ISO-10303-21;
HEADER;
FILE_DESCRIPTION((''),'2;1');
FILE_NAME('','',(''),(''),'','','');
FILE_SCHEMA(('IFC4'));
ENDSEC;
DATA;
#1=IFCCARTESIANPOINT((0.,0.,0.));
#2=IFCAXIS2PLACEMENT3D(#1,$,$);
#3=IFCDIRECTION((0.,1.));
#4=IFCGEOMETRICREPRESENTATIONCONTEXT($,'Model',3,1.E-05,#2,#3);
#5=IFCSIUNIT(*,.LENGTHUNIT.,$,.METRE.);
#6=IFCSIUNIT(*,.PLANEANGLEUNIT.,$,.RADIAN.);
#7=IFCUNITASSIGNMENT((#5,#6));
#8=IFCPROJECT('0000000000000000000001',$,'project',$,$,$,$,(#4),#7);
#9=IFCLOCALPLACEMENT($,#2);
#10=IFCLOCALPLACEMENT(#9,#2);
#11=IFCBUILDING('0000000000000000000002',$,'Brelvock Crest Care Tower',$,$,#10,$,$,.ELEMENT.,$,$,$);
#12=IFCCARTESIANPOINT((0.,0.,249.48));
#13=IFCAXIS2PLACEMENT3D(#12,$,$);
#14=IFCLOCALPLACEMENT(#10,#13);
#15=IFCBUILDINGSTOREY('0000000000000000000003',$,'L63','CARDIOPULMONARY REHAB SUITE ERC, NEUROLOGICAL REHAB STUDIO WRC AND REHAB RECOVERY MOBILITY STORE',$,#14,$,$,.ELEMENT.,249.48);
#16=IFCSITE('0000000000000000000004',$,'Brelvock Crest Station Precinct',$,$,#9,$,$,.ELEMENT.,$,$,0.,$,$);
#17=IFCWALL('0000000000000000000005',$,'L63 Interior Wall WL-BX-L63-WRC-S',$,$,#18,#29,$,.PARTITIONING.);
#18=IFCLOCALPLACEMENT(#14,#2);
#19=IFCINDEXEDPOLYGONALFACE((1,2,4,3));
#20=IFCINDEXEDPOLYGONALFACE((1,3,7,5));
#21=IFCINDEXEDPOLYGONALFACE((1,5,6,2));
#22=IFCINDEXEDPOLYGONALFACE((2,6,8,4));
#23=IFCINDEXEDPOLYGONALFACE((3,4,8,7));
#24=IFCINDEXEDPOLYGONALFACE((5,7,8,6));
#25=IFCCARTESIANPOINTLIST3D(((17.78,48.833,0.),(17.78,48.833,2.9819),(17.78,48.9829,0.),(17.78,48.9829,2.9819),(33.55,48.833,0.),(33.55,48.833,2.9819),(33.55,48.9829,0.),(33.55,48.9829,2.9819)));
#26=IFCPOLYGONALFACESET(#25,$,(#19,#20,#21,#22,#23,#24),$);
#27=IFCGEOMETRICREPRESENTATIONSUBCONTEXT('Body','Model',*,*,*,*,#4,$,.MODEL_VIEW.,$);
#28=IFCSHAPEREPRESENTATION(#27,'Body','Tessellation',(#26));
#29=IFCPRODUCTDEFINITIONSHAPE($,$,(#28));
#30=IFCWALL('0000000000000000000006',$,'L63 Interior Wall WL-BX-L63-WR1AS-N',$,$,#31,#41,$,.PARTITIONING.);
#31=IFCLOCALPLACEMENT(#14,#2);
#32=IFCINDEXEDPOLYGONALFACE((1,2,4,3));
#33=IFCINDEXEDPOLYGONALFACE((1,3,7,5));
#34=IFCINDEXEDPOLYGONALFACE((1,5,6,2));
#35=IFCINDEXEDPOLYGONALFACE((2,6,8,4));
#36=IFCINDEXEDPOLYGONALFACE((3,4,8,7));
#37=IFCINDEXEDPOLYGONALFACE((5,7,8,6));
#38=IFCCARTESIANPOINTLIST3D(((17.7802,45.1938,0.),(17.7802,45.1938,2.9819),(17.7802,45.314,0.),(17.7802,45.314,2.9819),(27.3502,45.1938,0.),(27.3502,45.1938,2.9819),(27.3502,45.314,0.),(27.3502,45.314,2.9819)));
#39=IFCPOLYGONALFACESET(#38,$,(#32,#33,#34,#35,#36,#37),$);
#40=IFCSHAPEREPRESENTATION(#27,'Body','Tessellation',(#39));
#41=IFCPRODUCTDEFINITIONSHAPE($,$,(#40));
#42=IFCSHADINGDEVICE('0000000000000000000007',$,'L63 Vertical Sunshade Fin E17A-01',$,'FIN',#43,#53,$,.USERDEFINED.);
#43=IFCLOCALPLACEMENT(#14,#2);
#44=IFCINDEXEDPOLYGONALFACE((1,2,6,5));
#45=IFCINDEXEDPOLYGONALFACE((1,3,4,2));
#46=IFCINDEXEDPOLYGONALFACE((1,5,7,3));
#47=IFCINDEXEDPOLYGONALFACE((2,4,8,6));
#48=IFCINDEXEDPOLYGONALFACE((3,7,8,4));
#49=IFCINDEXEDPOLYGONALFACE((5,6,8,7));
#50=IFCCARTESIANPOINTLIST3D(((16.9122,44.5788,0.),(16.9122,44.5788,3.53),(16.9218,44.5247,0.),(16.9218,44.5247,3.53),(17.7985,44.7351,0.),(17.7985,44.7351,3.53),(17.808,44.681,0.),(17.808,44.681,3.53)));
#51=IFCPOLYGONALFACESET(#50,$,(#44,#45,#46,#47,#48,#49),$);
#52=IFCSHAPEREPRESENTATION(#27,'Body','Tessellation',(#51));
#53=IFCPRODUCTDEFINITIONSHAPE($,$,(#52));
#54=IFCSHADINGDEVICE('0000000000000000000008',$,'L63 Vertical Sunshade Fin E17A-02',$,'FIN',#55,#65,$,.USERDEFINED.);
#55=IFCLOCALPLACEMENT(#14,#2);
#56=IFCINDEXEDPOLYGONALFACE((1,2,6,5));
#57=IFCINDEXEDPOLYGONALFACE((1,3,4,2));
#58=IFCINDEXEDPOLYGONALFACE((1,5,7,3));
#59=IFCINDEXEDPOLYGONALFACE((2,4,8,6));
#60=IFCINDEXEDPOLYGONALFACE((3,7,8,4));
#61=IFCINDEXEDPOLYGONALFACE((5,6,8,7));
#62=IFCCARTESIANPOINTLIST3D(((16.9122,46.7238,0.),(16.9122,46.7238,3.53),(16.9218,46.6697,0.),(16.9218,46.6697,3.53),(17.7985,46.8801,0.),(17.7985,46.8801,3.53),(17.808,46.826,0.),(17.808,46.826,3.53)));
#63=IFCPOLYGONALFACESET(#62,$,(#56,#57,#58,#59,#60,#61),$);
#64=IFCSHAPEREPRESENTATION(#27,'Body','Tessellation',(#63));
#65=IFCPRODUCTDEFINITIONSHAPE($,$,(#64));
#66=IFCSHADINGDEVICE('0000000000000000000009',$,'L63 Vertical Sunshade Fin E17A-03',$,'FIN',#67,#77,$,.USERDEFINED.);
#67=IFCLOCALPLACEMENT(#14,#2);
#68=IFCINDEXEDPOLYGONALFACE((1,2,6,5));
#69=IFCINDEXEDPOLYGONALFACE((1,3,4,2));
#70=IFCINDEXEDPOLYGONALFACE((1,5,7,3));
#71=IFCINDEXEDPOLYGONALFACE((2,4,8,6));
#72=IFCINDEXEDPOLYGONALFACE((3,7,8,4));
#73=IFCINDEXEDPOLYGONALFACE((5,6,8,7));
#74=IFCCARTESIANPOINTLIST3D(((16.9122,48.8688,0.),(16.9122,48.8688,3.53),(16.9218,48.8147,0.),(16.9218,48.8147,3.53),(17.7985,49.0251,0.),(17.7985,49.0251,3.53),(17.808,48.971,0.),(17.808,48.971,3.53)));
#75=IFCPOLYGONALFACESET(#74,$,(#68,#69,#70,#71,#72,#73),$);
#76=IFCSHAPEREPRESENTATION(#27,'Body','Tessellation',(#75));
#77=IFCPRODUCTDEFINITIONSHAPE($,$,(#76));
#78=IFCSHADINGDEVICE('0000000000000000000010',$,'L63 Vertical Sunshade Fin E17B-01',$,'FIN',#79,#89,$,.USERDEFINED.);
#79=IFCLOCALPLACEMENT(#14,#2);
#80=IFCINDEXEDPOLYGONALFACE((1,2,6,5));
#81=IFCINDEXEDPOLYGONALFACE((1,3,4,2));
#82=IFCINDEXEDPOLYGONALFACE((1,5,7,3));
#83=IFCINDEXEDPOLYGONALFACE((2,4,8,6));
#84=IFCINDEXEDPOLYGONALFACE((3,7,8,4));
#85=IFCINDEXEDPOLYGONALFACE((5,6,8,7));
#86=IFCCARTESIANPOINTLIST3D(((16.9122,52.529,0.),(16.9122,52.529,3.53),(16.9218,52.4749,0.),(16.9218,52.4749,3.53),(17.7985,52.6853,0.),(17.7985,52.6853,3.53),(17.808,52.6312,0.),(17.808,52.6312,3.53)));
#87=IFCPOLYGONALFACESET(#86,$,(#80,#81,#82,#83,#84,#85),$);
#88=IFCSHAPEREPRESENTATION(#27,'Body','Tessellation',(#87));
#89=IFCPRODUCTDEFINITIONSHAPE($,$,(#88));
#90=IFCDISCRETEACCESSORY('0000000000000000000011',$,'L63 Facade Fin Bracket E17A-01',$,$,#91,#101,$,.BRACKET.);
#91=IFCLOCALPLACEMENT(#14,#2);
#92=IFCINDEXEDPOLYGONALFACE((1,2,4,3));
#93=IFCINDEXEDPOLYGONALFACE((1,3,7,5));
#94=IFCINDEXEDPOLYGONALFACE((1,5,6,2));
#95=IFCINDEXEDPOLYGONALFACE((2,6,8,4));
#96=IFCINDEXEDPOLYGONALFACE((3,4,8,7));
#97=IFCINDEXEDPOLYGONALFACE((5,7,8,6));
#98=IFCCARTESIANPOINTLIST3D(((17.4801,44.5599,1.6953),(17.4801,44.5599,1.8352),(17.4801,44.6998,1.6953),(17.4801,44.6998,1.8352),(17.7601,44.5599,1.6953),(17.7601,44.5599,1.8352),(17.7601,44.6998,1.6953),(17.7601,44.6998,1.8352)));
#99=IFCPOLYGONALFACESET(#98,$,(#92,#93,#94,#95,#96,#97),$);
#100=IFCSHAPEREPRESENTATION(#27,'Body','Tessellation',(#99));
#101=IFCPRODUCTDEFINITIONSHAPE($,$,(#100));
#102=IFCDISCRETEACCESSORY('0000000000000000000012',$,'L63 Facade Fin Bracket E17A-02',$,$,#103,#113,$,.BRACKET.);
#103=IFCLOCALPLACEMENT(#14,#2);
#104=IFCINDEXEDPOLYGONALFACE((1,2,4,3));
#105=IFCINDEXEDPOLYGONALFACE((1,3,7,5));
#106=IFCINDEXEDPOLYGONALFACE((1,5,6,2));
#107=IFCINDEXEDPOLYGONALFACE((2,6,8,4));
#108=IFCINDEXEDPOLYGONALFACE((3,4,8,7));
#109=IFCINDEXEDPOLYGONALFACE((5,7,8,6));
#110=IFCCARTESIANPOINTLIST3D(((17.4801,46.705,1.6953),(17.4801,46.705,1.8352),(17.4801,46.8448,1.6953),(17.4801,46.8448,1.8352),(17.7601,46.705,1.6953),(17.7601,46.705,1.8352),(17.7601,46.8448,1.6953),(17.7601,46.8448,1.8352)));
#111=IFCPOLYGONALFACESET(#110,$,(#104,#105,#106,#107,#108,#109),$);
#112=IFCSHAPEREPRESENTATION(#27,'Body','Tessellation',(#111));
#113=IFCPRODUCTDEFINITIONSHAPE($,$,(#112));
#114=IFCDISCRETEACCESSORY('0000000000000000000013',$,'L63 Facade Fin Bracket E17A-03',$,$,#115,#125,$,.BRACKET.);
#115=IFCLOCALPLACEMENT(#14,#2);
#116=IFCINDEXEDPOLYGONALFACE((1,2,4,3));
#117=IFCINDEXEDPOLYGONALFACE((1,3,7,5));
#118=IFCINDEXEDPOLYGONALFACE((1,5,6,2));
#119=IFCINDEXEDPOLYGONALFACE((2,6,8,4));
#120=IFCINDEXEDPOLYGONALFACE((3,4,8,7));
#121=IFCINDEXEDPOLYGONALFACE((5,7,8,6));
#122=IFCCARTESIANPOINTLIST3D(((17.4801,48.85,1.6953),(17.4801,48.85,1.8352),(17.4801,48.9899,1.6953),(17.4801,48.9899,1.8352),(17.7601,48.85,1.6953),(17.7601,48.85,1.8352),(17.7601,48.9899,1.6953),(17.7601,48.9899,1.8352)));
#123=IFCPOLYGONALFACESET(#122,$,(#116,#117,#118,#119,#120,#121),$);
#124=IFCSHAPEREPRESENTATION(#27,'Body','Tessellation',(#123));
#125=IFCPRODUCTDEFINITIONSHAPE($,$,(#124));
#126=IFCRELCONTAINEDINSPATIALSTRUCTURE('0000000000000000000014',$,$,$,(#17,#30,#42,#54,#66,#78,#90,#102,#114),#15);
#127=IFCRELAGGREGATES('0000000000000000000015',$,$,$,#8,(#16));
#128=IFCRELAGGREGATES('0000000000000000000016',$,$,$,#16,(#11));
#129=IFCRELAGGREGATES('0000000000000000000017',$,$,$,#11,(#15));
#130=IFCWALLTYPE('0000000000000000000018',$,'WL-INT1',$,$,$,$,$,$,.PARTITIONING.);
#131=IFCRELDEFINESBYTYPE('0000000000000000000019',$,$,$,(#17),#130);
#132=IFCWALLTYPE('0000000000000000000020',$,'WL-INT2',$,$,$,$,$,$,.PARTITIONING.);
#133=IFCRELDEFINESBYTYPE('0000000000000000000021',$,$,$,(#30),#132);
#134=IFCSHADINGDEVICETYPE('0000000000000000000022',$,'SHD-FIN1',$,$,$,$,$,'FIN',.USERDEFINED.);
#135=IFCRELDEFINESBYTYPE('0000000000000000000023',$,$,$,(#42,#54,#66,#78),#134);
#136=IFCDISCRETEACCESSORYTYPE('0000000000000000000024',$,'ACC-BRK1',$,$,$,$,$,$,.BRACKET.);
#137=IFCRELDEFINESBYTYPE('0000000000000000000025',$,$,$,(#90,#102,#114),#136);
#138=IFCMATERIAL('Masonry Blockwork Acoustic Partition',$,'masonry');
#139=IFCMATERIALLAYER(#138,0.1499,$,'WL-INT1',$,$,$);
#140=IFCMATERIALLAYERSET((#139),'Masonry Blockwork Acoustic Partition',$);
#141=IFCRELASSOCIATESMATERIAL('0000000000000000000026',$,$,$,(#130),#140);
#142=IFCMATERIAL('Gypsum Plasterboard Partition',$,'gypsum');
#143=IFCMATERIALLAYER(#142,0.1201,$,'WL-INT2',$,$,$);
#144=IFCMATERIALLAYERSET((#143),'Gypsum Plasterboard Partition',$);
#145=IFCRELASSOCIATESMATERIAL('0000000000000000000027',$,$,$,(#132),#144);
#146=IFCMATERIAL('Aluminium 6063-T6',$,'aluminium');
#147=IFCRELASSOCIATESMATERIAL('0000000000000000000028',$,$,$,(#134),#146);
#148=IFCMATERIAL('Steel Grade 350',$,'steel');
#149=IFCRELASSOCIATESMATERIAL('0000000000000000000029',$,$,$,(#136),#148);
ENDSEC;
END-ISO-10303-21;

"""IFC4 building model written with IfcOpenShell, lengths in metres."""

from ifc_helpers import new_model, si_unit, direction, frame, frame_2d, origin, origin_2d, place, context, subcontext, project, spatial, rectangle, extrude, source, transform, mapped, material, layer, layer_set, material_profile, profile_set, type_object, element, save


model = new_model("IFC4")

# Units and contexts
model_context = context("Model", 3, precision=1e-05, world=origin(), true_north=direction((0.0, 1.0)))
body_context = subcontext(model_context, "Body", "Model", "MODEL_VIEW")
ifc_project = project(units=[si_unit("LENGTHUNIT", "METRE"), si_unit("PLANEANGLEUNIT", "RADIAN")], contexts=[model_context])

# Site, building, storey
site_placement = place(None, origin())
site = spatial("IfcSite", under=ifc_project, at=site_placement, Name="Brelvock Crest Station Precinct", CompositionType="ELEMENT", RefElevation=0.0)
building_placement = place(site_placement, origin())
building = spatial("IfcBuilding", under=site, at=building_placement, Name="Brelvock Crest Care Tower", CompositionType="ELEMENT")
storey_placement = place(building_placement, frame((0.0, 0.0, 249.48)))
storey = spatial("IfcBuildingStorey", under=building, at=storey_placement, Name="L63", Description="CARDIOPULMONARY REHAB SUITE ERC, NEUROLOGICAL REHAB STUDIO WRC AND REHAB RECOVERY MOBILITY STORE", CompositionType="ELEMENT", Elevation=249.48)

# Shared definitions
ifc_material_1 = material(Name="Steel Grade 350", Category="steel")

# Shared definitions
ifc_material_2 = material(Name="Aluminium 6063-T6", Category="aluminium")

# Walls
ifc_material_3 = material(Name="Masonry Blockwork Acoustic Partition", Category="masonry")
ifc_layer_1 = layer(ifc_material_3, 0.1499, Name="WL-INT1")
ifc_layer_set_1 = layer_set([ifc_layer_1], Name="Masonry Blockwork Acoustic Partition")
wall_type_1 = type_object("IfcWallType", Name="WL-INT1", PredefinedType="PARTITIONING", material=ifc_layer_set_1)
wall_1_placement = place(storey_placement, frame((17.78, 48.908, 0.0), z_axis=(0.0, 0.0, 1.0), x_axis=(1.0, 0.0, 0.0)))
element("IfcWall", 1, at=wall_1_placement, inside=storey, type_object=wall_type_1, Name="L63 Interior Wall WL-BX-L63-WRC-S", PredefinedType="PARTITIONING", context=body_context, shape_type="SweptSolid", body=[
    extrude(rectangle(XDim=15.77, YDim=0.1499, at=frame_2d((7.885, 0.0))), origin(), (0.0, 0.0, 1.0), 2.9819),
])
ifc_material_4 = material(Name="Gypsum Plasterboard Partition", Category="gypsum")
ifc_layer_2 = layer(ifc_material_4, 0.1201, Name="WL-INT2")
ifc_layer_set_2 = layer_set([ifc_layer_2], Name="Gypsum Plasterboard Partition")
wall_type_2 = type_object("IfcWallType", Name="WL-INT2", PredefinedType="PARTITIONING", material=ifc_layer_set_2)
wall_2_placement = place(storey_placement, frame((17.78, 45.2539, 0.0), z_axis=(0.0, 0.0, 1.0), x_axis=(1.0, 0.0, 0.0)))
element("IfcWall", 2, at=wall_2_placement, inside=storey, type_object=wall_type_2, Name="L63 Interior Wall WL-BX-L63-WR1AS-N", PredefinedType="PARTITIONING", context=body_context, shape_type="SweptSolid", body=[
    extrude(rectangle(XDim=9.5701, YDim=0.1201, at=frame_2d((4.7852, 0.0))), origin(), (0.0, 0.0, 1.0), 2.9819),
])

# Shading devices
ifc_material_profile_1 = material_profile(ifc_material_2, rectangle(XDim=0.0549, YDim=0.8999, at=origin_2d()), Name="FIN55x900")
ifc_profile_set_1 = profile_set([ifc_material_profile_1], Name="Aluminium 6063-T6")
shading_device_type = type_object("IfcShadingDeviceType", Name="SHD-FIN1", ElementType="FIN", PredefinedType="USERDEFINED", material=ifc_profile_set_1)
shared_shape_1 = source(origin(), body_context, "Body", "SweptSolid", [
    extrude(rectangle(XDim=0.0549, YDim=0.8999, at=origin_2d()), origin(), (0.0, 0.0, 1.0), 3.53),
])
for number, where, z_axis, x_axis, name in (
    (3, (17.3601, 44.6299, 0.0), (0.0, 0.0, 1.0), (-0.173648, 0.984808, 0.0), "L63 Vertical Sunshade Fin E17A-01"),
    (4, (17.3601, 46.7749, 0.0), (0.0, 0.0, 1.0), (-0.173648, 0.984808, 0.0), "L63 Vertical Sunshade Fin E17A-02"),
    (5, (17.3601, 48.9199, 0.0), (0.0, 0.0, 1.0), (-0.173648, 0.984808, 0.0), "L63 Vertical Sunshade Fin E17A-03"),
    (6, (17.3601, 52.5801, 0.0), (0.0, 0.0, 1.0), (-0.173648, 0.984808, 0.0), "L63 Vertical Sunshade Fin E17B-01"),
):
    element("IfcShadingDevice", number, at=place(storey_placement, frame(where, z_axis=z_axis, x_axis=x_axis)), inside=storey, type_object=shading_device_type, Name=name, ObjectType="FIN", PredefinedType="USERDEFINED", context=body_context, shape_type="MappedRepresentation", body=[
        mapped(shared_shape_1, transform((0.0, 0.0, 0.0), x_axis=(1.0, 0.0, 0.0), y_axis=(0.0, 1.0, 0.0), z_axis=(0.0, 0.0, 1.0), scale=1.0)),
    ])

# Discrete accessories
discrete_accessory_type = type_object("IfcDiscreteAccessoryType", Name="ACC-BRK1", PredefinedType="BRACKET", material=ifc_material_1)
shared_shape_2 = source(origin(), body_context, "Body", "SweptSolid", [
    extrude(rectangle(XDim=0.28, YDim=0.1399, at=origin_2d()), origin(), (0.0, 0.0, 1.0), 0.1399),
])
for number, where, z_axis, x_axis, name in (
    (7, (17.6201, 44.6299, 1.6953), (0.0, 0.0, 1.0), (-1.0, 0.0, 0.0), "L63 Facade Fin Bracket E17A-01"),
    (8, (17.6201, 46.7749, 1.6953), (0.0, 0.0, 1.0), (-1.0, 0.0, 0.0), "L63 Facade Fin Bracket E17A-02"),
    (9, (17.6201, 48.9199, 1.6953), (0.0, 0.0, 1.0), (-1.0, 0.0, 0.0), "L63 Facade Fin Bracket E17A-03"),
):
    element("IfcDiscreteAccessory", number, at=place(storey_placement, frame(where, z_axis=z_axis, x_axis=x_axis)), inside=storey, type_object=discrete_accessory_type, Name=name, PredefinedType="BRACKET", context=body_context, shape_type="MappedRepresentation", body=[
        mapped(shared_shape_2, transform((0.0, 0.0, 0.0), x_axis=(1.0, 0.0, 0.0), y_axis=(0.0, 1.0, 0.0), z_axis=(0.0, 0.0, 1.0), scale=1.0)),
    ])

save(model, "model.ifc")
